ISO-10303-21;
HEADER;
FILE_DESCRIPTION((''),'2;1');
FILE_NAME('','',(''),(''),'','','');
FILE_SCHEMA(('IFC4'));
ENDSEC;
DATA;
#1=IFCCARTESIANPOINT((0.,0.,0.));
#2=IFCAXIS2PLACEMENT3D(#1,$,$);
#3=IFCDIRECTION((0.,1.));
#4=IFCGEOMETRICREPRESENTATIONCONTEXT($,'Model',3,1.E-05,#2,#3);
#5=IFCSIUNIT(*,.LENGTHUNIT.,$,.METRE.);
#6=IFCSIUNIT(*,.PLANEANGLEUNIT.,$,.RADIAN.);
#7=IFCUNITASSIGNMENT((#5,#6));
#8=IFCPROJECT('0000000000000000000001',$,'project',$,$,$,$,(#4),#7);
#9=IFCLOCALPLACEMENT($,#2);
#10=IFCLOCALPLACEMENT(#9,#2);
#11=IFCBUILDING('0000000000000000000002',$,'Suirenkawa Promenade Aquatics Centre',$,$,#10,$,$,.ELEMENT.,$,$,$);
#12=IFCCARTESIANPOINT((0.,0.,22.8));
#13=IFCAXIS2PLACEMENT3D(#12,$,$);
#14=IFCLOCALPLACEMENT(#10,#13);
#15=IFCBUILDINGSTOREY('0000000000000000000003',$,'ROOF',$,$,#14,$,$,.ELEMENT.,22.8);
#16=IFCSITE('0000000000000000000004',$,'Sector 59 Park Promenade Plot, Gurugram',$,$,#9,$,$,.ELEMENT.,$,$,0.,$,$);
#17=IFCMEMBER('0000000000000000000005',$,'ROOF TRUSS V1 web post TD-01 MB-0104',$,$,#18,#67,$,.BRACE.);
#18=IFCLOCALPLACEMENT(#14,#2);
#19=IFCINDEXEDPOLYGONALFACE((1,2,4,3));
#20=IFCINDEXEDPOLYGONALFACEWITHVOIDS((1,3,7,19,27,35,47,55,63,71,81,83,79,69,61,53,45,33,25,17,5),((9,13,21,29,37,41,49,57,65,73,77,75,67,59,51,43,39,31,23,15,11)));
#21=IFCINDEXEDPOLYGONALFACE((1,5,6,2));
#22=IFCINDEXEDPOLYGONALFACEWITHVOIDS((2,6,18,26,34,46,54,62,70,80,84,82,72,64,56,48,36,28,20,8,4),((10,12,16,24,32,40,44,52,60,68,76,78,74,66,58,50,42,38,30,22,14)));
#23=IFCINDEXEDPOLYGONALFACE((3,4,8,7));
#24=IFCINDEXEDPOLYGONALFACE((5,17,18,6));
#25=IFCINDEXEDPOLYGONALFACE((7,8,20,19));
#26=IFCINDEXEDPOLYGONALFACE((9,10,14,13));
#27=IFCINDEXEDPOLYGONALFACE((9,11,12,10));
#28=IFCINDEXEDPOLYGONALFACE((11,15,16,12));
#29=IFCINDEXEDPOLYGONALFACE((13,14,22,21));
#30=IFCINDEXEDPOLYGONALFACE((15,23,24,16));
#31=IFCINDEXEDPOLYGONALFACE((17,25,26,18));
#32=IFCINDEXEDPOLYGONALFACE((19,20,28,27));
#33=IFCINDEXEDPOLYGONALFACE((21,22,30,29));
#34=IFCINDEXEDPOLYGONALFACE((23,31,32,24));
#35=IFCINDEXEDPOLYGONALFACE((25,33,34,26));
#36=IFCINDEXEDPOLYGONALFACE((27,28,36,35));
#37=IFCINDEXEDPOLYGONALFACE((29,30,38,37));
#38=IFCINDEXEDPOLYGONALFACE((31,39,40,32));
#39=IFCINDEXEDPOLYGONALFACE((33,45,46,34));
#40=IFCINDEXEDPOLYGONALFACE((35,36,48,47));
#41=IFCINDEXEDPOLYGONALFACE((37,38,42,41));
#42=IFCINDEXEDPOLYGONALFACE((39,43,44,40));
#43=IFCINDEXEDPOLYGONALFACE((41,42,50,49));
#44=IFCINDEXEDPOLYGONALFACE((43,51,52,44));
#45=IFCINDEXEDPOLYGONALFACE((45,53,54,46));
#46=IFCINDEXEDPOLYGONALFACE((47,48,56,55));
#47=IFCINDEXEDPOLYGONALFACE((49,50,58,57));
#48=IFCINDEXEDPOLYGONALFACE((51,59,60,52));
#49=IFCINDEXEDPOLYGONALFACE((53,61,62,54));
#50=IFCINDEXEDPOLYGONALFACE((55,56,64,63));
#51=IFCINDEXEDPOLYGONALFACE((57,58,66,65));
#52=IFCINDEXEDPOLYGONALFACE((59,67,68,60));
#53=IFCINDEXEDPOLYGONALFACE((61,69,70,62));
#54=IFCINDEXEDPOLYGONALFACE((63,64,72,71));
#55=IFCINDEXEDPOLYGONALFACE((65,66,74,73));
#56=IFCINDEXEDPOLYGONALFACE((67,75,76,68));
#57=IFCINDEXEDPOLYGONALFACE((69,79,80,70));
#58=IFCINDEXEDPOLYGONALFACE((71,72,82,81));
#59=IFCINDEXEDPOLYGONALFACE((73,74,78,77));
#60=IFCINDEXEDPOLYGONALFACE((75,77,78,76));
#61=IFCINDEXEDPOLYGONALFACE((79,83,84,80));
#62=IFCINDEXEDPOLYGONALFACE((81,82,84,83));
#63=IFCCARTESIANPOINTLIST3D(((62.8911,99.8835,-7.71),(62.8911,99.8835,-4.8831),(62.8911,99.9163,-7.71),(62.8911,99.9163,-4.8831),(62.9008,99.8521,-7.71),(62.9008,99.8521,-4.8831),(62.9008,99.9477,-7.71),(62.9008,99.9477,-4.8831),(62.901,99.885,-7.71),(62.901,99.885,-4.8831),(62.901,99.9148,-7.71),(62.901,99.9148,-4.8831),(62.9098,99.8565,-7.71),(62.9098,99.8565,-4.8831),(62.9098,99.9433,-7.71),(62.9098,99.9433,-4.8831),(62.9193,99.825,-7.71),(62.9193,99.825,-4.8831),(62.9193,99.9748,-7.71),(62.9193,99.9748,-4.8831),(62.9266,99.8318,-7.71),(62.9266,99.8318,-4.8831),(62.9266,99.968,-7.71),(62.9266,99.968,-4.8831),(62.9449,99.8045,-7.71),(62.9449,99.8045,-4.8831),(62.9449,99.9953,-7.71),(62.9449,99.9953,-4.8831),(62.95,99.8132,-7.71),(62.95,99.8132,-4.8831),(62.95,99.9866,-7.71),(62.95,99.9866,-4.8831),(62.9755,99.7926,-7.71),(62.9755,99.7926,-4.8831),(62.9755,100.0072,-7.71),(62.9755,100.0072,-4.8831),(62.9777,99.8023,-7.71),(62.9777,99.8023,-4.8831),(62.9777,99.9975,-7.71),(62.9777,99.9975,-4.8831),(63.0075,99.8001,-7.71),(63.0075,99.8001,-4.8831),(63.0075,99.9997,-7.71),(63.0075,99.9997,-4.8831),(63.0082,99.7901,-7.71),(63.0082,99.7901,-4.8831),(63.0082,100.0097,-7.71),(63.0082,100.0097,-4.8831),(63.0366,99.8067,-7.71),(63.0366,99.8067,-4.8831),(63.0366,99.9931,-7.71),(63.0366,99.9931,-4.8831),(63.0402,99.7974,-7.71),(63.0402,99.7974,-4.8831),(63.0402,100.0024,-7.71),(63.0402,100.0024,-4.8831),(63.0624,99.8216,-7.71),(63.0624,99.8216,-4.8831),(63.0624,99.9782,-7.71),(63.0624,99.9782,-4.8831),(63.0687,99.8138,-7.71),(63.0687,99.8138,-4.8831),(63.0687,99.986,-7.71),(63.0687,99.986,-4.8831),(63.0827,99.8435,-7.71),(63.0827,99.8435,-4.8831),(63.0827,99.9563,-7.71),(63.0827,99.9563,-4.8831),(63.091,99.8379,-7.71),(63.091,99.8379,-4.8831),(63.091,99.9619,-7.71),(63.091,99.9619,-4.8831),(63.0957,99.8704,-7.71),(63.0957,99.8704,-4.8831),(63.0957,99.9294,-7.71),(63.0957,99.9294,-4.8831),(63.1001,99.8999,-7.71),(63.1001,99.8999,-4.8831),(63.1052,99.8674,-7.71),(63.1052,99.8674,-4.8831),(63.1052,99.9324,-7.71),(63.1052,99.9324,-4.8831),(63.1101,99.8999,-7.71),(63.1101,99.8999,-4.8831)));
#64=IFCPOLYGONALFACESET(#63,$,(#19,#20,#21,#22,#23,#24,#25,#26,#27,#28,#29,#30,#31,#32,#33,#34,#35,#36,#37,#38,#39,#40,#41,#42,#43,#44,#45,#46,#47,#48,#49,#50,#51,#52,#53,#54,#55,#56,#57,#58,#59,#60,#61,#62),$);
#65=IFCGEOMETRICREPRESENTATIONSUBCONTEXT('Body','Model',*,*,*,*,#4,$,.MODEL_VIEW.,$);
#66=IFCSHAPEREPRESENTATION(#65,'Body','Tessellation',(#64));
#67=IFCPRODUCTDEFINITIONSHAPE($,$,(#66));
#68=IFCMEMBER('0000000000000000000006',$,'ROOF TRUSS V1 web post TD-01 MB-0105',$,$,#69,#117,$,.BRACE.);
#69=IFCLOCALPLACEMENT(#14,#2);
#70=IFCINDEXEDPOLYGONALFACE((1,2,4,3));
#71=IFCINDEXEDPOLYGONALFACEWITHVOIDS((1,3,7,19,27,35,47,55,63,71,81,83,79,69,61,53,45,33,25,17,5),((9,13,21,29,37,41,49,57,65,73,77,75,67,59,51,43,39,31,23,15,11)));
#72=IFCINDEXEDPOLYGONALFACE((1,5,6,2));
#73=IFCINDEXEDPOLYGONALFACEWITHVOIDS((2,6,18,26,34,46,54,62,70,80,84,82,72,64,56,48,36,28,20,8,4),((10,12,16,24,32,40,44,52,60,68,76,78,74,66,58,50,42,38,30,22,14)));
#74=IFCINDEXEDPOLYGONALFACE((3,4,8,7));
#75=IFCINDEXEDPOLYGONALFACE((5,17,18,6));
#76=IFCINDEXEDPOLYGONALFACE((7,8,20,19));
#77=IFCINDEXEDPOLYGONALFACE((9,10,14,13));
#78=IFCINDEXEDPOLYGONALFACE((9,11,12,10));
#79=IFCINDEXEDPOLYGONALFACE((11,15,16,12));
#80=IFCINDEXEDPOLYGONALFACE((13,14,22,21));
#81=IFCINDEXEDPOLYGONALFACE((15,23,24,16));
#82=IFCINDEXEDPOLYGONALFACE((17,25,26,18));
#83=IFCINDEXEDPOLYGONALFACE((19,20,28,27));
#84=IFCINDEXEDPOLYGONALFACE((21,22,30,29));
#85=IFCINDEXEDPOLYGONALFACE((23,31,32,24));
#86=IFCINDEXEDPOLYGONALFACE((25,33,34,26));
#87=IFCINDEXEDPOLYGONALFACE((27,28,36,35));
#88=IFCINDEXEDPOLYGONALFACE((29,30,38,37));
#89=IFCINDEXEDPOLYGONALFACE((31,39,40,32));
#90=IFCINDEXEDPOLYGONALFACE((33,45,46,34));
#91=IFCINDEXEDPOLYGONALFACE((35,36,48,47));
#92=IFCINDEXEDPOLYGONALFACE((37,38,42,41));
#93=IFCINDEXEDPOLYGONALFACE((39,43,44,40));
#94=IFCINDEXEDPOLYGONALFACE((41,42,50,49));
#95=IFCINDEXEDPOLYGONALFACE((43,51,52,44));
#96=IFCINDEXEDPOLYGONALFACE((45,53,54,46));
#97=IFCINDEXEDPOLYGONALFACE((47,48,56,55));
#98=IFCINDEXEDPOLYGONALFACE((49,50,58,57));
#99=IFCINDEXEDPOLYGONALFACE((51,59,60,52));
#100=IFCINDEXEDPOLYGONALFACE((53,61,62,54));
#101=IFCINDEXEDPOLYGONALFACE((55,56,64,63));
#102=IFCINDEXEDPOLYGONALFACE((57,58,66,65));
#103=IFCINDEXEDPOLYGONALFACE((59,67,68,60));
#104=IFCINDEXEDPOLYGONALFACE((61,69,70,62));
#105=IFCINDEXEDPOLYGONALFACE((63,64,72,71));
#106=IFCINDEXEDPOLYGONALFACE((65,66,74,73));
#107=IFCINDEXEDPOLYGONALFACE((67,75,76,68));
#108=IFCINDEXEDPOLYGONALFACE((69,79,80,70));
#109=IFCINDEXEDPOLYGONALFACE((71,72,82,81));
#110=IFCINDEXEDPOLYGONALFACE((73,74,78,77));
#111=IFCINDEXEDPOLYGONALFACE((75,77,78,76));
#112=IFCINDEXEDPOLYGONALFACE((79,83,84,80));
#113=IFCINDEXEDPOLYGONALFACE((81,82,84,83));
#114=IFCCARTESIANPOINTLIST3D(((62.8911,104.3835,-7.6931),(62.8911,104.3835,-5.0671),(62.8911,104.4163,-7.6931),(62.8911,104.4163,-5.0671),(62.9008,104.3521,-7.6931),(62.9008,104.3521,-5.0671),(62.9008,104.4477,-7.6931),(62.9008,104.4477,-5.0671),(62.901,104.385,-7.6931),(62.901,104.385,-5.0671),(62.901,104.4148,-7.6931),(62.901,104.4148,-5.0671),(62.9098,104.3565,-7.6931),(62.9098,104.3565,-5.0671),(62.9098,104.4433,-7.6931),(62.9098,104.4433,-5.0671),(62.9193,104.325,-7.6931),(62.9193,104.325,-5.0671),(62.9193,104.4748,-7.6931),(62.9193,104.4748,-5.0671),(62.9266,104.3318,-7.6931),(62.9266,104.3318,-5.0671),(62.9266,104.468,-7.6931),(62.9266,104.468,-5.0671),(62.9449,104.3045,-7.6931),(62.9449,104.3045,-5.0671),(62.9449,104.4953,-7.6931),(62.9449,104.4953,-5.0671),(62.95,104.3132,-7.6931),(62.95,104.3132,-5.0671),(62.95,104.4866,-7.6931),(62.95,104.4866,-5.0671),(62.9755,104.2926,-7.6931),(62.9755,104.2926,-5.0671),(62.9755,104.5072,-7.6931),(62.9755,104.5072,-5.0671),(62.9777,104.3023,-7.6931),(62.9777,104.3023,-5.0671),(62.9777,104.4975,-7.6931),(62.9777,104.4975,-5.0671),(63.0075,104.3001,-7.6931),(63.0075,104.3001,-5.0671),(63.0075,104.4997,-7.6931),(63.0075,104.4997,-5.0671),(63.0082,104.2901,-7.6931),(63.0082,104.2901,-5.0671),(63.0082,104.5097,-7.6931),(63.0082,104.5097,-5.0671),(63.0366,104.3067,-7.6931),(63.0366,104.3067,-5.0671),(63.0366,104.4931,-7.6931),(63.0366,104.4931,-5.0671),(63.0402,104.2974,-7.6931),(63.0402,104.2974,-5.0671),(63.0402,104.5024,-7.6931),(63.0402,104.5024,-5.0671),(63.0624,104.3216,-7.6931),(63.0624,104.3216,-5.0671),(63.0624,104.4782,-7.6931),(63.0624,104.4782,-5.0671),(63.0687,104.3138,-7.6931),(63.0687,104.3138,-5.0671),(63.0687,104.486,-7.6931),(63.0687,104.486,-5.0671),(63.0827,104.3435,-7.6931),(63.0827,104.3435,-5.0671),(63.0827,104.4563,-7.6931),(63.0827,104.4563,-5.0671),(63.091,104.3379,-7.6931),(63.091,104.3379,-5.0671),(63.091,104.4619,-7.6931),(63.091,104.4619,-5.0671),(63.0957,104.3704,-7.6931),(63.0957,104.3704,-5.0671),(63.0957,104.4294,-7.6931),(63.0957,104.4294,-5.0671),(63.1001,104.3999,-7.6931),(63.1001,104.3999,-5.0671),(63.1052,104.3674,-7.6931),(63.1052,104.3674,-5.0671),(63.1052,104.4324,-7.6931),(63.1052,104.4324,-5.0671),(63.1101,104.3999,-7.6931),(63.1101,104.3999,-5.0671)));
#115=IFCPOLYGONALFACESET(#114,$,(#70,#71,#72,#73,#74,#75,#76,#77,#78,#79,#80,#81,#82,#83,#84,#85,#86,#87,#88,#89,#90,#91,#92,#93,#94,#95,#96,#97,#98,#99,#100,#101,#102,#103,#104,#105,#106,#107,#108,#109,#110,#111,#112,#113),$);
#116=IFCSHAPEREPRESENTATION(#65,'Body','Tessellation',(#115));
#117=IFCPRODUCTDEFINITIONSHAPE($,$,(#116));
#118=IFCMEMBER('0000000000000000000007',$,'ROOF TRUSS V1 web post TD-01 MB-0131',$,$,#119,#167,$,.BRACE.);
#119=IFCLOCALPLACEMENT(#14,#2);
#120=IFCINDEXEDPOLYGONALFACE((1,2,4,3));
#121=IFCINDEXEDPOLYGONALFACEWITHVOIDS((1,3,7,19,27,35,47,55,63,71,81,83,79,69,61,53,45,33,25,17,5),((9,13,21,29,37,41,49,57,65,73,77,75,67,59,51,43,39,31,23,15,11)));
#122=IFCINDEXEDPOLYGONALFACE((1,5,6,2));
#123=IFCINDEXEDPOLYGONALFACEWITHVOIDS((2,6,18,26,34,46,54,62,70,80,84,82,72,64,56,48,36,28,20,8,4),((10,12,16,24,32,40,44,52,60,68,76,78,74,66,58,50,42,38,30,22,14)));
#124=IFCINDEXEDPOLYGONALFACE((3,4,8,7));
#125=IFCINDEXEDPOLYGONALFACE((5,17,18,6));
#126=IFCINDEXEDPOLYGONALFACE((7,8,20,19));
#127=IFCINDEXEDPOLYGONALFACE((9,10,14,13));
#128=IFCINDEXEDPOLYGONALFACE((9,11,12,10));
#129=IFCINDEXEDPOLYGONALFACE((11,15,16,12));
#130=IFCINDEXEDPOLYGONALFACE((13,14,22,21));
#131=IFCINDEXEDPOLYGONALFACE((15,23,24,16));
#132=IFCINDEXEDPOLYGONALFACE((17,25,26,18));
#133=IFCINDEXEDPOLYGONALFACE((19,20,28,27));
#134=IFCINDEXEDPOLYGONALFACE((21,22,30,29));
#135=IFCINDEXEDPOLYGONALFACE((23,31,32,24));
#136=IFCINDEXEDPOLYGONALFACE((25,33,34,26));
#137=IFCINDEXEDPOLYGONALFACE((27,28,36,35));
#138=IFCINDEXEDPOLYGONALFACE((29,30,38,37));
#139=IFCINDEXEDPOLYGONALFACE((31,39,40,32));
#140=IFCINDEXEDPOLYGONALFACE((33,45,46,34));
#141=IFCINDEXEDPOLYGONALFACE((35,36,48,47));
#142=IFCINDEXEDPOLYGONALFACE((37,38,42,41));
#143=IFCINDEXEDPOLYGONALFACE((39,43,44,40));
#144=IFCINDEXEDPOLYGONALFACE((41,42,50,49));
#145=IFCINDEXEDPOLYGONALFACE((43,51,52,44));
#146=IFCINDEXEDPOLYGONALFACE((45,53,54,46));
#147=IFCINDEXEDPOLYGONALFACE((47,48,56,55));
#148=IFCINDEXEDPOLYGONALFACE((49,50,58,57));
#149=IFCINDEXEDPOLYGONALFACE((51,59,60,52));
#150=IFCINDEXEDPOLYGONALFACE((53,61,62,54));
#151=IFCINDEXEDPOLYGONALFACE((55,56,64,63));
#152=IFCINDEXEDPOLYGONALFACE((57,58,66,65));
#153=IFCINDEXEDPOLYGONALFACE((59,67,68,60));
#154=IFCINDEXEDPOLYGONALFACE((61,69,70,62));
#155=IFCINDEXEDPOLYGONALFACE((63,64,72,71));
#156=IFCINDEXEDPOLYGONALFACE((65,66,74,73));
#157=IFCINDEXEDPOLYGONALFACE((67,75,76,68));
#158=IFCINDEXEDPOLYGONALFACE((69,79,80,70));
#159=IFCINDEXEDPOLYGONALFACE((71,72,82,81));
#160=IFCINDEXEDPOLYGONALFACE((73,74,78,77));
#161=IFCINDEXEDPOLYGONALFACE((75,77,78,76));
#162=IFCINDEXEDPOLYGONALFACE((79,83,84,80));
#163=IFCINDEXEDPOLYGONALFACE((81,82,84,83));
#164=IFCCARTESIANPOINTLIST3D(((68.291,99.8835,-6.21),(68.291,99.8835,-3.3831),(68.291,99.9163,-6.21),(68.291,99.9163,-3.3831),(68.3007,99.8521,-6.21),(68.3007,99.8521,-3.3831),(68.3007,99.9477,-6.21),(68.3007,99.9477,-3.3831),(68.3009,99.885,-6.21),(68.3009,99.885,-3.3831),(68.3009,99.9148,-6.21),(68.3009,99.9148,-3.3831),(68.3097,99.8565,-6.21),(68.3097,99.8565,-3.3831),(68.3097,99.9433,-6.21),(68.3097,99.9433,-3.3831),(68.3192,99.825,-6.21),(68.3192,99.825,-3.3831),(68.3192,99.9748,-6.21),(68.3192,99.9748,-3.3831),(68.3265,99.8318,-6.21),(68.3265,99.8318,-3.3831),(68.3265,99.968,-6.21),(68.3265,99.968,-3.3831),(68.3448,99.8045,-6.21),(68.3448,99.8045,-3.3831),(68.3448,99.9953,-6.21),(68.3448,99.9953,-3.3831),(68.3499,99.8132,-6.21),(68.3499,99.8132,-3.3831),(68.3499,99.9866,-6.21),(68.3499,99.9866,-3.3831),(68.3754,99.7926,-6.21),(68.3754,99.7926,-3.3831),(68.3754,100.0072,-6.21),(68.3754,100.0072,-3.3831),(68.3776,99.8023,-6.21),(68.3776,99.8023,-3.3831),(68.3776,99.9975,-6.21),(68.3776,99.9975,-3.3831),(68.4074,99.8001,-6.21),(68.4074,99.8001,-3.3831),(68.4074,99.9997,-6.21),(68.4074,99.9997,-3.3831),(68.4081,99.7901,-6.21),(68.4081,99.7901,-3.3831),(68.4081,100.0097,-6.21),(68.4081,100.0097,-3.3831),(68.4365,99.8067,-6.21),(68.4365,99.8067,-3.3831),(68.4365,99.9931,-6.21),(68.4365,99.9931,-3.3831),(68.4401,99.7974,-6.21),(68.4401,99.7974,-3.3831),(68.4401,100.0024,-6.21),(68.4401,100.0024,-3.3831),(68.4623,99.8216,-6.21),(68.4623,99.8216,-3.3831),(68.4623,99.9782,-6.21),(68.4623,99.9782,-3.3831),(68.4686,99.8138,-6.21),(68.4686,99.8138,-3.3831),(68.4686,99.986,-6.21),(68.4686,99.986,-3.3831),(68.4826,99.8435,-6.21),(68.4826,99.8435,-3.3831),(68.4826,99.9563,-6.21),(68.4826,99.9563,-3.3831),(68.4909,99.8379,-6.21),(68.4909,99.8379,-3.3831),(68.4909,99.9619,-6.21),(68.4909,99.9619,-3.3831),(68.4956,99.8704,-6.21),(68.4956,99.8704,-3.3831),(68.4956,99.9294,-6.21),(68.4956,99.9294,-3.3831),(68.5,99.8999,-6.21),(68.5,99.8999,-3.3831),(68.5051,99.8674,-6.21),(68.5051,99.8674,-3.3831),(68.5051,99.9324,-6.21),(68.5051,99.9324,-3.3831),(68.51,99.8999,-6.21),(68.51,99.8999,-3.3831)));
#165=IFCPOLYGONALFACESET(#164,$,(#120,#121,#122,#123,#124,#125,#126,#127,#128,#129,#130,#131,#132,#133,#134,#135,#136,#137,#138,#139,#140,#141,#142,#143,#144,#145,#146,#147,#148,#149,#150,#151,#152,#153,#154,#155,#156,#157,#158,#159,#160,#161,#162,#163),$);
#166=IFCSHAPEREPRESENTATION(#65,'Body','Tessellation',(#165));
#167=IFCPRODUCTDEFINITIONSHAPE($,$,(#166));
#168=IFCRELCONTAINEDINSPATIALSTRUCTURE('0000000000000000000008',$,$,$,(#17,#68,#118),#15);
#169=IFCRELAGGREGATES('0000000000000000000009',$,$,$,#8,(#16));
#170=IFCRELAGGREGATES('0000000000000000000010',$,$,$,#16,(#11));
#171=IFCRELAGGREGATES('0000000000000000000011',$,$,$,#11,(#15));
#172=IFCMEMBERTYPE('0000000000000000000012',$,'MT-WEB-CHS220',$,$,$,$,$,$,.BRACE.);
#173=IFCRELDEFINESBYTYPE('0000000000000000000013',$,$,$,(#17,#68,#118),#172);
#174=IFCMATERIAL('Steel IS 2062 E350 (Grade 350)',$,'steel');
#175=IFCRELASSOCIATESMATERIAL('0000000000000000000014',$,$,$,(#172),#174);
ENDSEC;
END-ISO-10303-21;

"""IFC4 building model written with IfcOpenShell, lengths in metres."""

from ifc_helpers import new_model, si_unit, direction, frame, origin, origin_2d, place, context, subcontext, project, spatial, hollow_circle, extrude, material, material_profile, profile_set, type_object, element, save


model = new_model("IFC4")

# Units and contexts
model_context = context("Model", 3, precision=1e-05, world=origin(), true_north=direction((0.0, 1.0)))
body_context = subcontext(model_context, "Body", "Model", "MODEL_VIEW")
ifc_project = project(units=[si_unit("LENGTHUNIT", "METRE"), si_unit("PLANEANGLEUNIT", "RADIAN")], contexts=[model_context])

# Site, building, storey
site_placement = place(None, origin())
site = spatial("IfcSite", under=ifc_project, at=site_placement, Name="Sector 59 Park Promenade Plot, Gurugram", CompositionType="ELEMENT", RefElevation=0.0)
building_placement = place(site_placement, origin())
building = spatial("IfcBuilding", under=site, at=building_placement, Name="Suirenkawa Promenade Aquatics Centre", CompositionType="ELEMENT")
storey_placement = place(building_placement, frame((0.0, 0.0, 22.8)))
storey = spatial("IfcBuildingStorey", under=building, at=storey_placement, Name="ROOF", CompositionType="ELEMENT", Elevation=22.8)

# Shared definitions
ifc_material = material(Name="Steel IS 2062 E350 (Grade 350)", Category="steel")

# Members
ifc_material_profile_1 = material_profile(ifc_material, hollow_circle(Radius=0.1101, WallThickness=0.01, at=origin_2d()), Name="CHS 220x10", Category="steel")
ifc_profile_set_1 = profile_set([ifc_material_profile_1], Name="Steel IS 2062 E350 (Grade 350)")
member_type_1 = type_object("IfcMemberType", Name="MT-WEB-CHS220", PredefinedType="BRACE", material=ifc_profile_set_1)
member_1_placement = place(storey_placement, frame((63.0, 99.8999, -7.71), z_axis=(0.0, 0.0, 1.0), x_axis=(1.0, 0.0, 0.0)))
element("IfcMember", 1, at=member_1_placement, inside=storey, type_object=member_type_1, Name="ROOF TRUSS V1 web post TD-01 MB-0104", PredefinedType="BRACE", context=body_context, shape_type="SweptSolid", body=[
    extrude(hollow_circle(Radius=0.1101, WallThickness=0.01, at=origin_2d()), origin(), (0.0, 0.0, 1.0), 2.8269),
])
member_2_placement = place(storey_placement, frame((63.0, 104.3999, -7.6931), z_axis=(0.0, 0.0, 1.0), x_axis=(1.0, 0.0, 0.0)))
element("IfcMember", 2, at=member_2_placement, inside=storey, type_object=member_type_1, Name="ROOF TRUSS V1 web post TD-01 MB-0105", PredefinedType="BRACE", context=body_context, shape_type="SweptSolid", body=[
    extrude(hollow_circle(Radius=0.1101, WallThickness=0.01, at=origin_2d()), origin(), (0.0, 0.0, 1.0), 2.626),
])
member_3_placement = place(storey_placement, frame((68.3999, 99.8999, -6.21), z_axis=(0.0, 0.0, 1.0), x_axis=(1.0, 0.0, 0.0)))
element("IfcMember", 3, at=member_3_placement, inside=storey, type_object=member_type_1, Name="ROOF TRUSS V1 web post TD-01 MB-0131", PredefinedType="BRACE", context=body_context, shape_type="SweptSolid", body=[
    extrude(hollow_circle(Radius=0.1101, WallThickness=0.01, at=origin_2d()), origin(), (0.0, 0.0, 1.0), 2.8269),
])

save(model, "model.ifc")
